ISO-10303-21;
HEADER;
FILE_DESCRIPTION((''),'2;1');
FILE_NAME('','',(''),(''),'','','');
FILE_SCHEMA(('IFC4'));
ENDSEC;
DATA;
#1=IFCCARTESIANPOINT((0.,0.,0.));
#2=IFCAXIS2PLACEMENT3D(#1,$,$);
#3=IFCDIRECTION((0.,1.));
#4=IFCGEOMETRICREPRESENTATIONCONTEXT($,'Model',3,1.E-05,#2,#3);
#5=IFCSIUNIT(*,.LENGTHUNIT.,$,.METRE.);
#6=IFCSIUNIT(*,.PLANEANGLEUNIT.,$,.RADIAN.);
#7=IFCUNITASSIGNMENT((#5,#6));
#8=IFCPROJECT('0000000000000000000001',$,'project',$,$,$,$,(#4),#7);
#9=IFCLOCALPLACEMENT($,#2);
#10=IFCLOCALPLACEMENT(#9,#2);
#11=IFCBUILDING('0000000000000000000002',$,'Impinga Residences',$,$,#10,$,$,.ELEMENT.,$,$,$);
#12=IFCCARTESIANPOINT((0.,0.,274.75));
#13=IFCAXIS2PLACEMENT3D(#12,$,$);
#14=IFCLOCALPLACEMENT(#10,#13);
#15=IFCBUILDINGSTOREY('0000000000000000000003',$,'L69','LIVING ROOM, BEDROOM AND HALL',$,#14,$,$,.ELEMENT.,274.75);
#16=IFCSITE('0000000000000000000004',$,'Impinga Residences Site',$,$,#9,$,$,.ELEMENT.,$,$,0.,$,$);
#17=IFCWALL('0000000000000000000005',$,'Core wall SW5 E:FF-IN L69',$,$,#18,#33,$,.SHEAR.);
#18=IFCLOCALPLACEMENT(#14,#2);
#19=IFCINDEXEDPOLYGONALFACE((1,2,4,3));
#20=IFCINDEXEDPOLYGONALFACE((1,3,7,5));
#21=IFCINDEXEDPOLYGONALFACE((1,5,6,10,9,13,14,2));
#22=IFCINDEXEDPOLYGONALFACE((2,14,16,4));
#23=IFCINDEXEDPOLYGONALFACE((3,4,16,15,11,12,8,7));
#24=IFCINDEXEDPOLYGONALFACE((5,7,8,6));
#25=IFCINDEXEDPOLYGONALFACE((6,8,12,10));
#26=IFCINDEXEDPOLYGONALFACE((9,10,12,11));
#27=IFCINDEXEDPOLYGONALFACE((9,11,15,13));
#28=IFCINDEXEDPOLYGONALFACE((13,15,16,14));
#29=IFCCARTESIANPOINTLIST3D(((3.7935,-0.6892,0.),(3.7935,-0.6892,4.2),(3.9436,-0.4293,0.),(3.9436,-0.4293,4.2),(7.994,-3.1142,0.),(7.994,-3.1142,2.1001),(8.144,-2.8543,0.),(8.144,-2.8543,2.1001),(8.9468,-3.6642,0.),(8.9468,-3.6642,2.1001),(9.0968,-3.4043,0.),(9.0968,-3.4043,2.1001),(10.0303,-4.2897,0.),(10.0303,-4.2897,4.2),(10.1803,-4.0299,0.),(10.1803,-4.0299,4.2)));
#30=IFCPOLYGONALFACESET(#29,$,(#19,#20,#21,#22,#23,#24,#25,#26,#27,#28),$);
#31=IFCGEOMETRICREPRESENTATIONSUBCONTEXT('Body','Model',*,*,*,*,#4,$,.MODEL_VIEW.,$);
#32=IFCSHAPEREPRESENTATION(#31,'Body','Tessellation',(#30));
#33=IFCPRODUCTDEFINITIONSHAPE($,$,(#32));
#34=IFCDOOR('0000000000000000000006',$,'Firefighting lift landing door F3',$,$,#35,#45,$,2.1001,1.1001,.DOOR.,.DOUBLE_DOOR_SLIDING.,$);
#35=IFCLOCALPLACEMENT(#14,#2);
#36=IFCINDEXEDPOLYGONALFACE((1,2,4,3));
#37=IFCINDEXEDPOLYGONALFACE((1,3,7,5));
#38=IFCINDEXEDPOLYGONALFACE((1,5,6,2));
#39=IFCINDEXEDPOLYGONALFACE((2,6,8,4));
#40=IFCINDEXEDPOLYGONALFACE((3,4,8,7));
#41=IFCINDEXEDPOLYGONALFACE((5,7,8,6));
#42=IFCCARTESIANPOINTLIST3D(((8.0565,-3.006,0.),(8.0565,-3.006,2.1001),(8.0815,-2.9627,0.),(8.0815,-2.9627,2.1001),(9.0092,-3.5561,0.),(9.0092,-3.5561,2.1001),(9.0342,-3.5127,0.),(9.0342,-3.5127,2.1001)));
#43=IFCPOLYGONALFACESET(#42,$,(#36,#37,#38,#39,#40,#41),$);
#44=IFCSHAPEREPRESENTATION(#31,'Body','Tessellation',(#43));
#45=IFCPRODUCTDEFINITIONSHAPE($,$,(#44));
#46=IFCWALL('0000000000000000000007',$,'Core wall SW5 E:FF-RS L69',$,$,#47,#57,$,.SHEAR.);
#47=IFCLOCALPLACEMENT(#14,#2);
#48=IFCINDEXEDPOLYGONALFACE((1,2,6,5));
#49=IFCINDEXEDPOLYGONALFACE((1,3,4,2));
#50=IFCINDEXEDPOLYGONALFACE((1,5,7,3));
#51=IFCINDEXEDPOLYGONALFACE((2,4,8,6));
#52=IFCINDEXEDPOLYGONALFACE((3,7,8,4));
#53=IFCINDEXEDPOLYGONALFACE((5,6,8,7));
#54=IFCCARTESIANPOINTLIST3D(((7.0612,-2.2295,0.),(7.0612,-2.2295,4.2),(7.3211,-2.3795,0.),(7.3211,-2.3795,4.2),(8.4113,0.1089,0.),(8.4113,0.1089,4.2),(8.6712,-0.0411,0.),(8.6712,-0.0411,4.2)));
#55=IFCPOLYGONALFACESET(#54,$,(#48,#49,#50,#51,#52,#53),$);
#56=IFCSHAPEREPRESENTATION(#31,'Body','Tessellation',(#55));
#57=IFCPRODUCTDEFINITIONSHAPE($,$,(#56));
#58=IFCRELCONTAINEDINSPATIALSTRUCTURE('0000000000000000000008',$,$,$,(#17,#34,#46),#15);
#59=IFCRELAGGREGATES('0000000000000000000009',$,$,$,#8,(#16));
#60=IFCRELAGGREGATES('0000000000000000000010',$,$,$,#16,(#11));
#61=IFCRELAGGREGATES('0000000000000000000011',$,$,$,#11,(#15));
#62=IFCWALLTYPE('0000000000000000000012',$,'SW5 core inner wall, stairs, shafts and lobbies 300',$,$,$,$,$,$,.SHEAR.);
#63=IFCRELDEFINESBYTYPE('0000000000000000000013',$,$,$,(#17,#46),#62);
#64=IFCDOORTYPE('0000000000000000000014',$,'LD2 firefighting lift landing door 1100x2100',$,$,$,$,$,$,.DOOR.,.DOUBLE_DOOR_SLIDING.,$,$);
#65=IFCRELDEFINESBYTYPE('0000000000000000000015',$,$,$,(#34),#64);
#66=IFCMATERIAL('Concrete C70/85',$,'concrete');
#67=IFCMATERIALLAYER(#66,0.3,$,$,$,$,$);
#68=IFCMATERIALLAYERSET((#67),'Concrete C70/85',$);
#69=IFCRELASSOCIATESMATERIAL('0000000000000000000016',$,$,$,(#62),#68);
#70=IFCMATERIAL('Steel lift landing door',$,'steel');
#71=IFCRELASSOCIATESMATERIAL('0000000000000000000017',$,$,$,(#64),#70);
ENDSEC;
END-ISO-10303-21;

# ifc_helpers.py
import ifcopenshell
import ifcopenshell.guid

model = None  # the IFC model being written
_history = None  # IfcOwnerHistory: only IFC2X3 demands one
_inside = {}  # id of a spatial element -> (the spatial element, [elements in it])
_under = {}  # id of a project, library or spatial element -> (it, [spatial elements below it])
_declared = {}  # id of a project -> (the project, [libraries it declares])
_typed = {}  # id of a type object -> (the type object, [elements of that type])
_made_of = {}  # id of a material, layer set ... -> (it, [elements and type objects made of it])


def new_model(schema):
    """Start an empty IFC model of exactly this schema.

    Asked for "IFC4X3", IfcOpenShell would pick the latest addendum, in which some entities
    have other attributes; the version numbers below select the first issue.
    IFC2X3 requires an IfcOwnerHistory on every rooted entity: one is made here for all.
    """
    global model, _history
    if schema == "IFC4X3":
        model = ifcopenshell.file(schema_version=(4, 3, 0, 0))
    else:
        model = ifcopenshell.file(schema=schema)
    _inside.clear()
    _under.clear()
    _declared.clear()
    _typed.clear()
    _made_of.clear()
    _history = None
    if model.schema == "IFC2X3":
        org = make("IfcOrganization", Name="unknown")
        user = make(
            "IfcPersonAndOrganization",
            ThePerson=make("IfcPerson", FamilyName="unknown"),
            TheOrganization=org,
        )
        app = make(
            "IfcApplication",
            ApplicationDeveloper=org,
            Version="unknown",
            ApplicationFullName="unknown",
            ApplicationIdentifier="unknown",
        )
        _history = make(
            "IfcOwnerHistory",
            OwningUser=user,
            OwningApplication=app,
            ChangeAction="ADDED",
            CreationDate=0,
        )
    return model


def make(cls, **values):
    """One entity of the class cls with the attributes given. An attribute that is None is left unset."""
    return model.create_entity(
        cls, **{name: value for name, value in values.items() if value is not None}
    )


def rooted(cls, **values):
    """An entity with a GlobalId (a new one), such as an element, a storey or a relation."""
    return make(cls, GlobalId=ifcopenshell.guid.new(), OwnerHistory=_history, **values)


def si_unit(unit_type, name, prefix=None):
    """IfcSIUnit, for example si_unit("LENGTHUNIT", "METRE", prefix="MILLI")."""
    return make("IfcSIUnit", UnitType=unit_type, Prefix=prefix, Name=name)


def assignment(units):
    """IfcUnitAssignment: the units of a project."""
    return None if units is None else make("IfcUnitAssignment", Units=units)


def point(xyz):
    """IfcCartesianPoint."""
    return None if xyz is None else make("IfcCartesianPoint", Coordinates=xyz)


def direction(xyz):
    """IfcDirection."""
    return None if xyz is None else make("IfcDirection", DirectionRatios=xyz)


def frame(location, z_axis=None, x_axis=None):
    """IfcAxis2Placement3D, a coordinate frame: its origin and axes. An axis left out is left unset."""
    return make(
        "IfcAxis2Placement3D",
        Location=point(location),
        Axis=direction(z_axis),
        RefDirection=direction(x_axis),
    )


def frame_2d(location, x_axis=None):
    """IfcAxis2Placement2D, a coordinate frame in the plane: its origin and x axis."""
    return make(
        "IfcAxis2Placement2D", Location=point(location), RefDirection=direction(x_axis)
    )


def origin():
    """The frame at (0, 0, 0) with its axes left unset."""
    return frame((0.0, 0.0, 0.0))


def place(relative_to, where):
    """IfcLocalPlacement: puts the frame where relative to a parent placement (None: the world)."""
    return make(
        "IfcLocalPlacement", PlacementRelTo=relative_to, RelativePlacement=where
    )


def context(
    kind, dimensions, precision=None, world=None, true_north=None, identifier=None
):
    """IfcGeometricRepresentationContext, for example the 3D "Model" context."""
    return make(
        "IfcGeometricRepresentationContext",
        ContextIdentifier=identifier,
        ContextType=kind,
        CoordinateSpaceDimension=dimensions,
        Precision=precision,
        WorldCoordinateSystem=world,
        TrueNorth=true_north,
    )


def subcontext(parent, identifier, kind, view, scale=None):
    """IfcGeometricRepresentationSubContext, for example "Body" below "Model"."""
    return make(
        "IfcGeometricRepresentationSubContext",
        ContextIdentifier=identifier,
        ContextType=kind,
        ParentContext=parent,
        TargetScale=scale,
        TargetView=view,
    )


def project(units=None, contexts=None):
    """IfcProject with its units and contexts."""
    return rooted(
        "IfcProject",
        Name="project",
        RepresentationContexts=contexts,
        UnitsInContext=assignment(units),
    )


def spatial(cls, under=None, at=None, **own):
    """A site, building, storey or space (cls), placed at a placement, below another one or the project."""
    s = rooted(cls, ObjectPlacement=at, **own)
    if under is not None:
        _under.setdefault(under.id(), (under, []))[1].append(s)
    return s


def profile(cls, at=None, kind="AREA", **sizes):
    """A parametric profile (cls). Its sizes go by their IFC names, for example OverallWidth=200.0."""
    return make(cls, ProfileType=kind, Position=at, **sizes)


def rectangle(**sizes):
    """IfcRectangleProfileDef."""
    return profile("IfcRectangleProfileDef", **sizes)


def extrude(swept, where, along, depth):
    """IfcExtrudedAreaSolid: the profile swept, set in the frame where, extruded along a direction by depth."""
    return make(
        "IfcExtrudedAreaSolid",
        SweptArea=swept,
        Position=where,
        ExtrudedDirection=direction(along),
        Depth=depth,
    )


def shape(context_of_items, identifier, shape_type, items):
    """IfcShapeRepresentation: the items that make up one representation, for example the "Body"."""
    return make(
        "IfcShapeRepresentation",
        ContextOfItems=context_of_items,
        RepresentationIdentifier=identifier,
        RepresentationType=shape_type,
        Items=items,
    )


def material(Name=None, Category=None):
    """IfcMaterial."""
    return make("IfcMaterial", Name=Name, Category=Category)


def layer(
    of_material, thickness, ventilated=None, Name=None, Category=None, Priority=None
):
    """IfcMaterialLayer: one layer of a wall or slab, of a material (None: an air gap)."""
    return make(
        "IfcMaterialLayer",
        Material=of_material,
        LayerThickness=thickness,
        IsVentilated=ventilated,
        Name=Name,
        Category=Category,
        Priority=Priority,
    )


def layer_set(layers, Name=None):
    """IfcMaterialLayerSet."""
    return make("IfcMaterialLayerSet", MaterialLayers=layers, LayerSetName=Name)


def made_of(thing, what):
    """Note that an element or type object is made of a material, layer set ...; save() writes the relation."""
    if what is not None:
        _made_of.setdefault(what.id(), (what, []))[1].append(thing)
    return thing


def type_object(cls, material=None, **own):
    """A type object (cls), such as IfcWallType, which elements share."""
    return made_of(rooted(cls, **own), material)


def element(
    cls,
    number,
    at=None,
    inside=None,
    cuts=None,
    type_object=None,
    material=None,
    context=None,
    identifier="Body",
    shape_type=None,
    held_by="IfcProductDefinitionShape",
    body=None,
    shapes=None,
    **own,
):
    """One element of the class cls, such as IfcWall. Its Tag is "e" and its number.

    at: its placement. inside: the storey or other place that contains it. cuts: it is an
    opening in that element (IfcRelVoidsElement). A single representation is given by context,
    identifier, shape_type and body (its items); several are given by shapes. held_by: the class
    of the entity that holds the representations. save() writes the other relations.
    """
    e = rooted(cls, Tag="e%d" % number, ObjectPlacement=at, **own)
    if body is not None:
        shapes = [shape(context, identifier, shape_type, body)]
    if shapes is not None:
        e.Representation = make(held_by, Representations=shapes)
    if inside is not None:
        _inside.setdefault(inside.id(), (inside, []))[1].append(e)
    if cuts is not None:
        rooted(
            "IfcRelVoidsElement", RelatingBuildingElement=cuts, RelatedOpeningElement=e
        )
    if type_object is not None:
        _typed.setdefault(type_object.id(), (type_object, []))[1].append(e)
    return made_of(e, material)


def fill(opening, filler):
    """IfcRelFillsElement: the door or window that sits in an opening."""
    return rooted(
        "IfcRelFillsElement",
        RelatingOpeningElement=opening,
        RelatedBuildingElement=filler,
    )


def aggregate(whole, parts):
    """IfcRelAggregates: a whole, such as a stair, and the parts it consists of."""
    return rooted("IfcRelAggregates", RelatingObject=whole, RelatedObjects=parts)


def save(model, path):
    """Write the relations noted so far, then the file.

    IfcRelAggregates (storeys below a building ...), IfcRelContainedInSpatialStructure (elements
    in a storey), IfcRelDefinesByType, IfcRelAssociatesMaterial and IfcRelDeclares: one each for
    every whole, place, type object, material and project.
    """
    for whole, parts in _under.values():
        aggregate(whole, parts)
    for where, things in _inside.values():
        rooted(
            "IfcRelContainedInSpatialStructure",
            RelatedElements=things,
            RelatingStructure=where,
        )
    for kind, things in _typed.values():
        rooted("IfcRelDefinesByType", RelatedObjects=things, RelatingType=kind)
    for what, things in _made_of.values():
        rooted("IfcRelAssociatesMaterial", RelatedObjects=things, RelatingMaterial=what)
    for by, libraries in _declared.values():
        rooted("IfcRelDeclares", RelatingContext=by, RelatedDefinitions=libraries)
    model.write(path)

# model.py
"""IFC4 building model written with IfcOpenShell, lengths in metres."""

from ifc_helpers import new_model, si_unit, direction, frame, frame_2d, origin, place, context, subcontext, project, spatial, rectangle, extrude, material, layer, layer_set, type_object, element, fill, save


model = new_model("IFC4")

# Units and contexts
model_context = context("Model", 3, precision=1e-05, world=origin(), true_north=direction((0.0, 1.0)))
body_context = subcontext(model_context, "Body", "Model", "MODEL_VIEW")
ifc_project = project(units=[si_unit("LENGTHUNIT", "METRE"), si_unit("PLANEANGLEUNIT", "RADIAN")], contexts=[model_context])

# Site, building, storey
site_placement = place(None, origin())
site = spatial("IfcSite", under=ifc_project, at=site_placement, Name="Impinga Residences Site", CompositionType="ELEMENT", RefElevation=0.0)
building_placement = place(site_placement, origin())
building = spatial("IfcBuilding", under=site, at=building_placement, Name="Impinga Residences", CompositionType="ELEMENT")
storey_placement = place(building_placement, frame((0.0, 0.0, 274.75)))
storey = spatial("IfcBuildingStorey", under=building, at=storey_placement, Name="L69", Description="LIVING ROOM, BEDROOM AND HALL", CompositionType="ELEMENT", Elevation=274.75)

# Wall, opening, door
ifc_material_1 = material(Name="Concrete C70/85", Category="concrete")
ifc_layer_1 = layer(ifc_material_1, 0.3)
ifc_layer_set_1 = layer_set([ifc_layer_1], Name="Concrete C70/85")
wall_type = type_object("IfcWallType", Name="SW5 core inner wall, stairs, shafts and lobbies 300", PredefinedType="SHEAR", material=ifc_layer_set_1)
wall_1_placement = place(storey_placement, frame((3.8687, -0.5593, 0.0), z_axis=(0.0, 0.0, 1.0), x_axis=(0.86604, -0.499975, 0.0)))
wall_1 = element("IfcWall", 1, at=wall_1_placement, inside=storey, type_object=wall_type, Name="Core wall SW5 E:FF-IN L69", PredefinedType="SHEAR", context=body_context, shape_type="SweptSolid", body=[
    extrude(rectangle(XDim=7.2014, YDim=0.3, at=frame_2d((3.6006, 0.0))), origin(), (0.0, 0.0, 1.0), 4.2),
])
opening_1_placement = place(wall_1_placement, frame((4.8501, 0.0, 0.0)))
opening_1 = element("IfcOpeningElement", 2, at=opening_1_placement, cuts=wall_1, PredefinedType="OPENING", context=body_context, shape_type="SweptSolid", body=[
    extrude(rectangle(XDim=1.1001, YDim=2.1001, at=frame_2d((0.55, 1.05))), frame((0.0, 0.1599, 0.0), z_axis=(0.0, -1.0, 0.0), x_axis=(1.0, 0.0, 0.0)), (0.0, 0.0, 1.0), 0.3201),
])
ifc_material_2 = material(Name="Steel lift landing door", Category="steel")
door_type_1 = type_object("IfcDoorType", Name="LD2 firefighting lift landing door 1100x2100", OperationType="DOUBLE_DOOR_SLIDING", PredefinedType="DOOR", material=ifc_material_2)
door_1_placement = place(opening_1_placement, origin())
door_1 = element("IfcDoor", 3, at=door_1_placement, inside=storey, type_object=door_type_1, Name="Firefighting lift landing door F3", OperationType="DOUBLE_DOOR_SLIDING", OverallHeight=2.1001, OverallWidth=1.1001, PredefinedType="DOOR", context=body_context, shape_type="SweptSolid", body=[
    extrude(rectangle(XDim=1.1001, YDim=2.1001, at=frame_2d((0.55, 1.05))), frame((0.0, 0.0249, 0.0), z_axis=(0.0, -1.0, 0.0), x_axis=(1.0, 0.0, 0.0)), (0.0, 0.0, 1.0), 0.05),
])
fill(opening_1, door_1)

# Wall
wall_2_placement = place(storey_placement, frame((8.5413, 0.0339, 0.0), z_axis=(0.0, 0.0, 1.0), x_axis=(-0.500009, -0.86602, 0.0)))
element("IfcWall", 4, at=wall_2_placement, inside=storey, type_object=wall_type, Name="Core wall SW5 E:FF-RS L69", PredefinedType="SHEAR", context=body_context, shape_type="SweptSolid", body=[
    extrude(rectangle(XDim=2.7002, YDim=0.3, at=frame_2d((1.3501, 0.0))), origin(), (0.0, 0.0, 1.0), 4.2),
])

save(model, "model.ifc")
